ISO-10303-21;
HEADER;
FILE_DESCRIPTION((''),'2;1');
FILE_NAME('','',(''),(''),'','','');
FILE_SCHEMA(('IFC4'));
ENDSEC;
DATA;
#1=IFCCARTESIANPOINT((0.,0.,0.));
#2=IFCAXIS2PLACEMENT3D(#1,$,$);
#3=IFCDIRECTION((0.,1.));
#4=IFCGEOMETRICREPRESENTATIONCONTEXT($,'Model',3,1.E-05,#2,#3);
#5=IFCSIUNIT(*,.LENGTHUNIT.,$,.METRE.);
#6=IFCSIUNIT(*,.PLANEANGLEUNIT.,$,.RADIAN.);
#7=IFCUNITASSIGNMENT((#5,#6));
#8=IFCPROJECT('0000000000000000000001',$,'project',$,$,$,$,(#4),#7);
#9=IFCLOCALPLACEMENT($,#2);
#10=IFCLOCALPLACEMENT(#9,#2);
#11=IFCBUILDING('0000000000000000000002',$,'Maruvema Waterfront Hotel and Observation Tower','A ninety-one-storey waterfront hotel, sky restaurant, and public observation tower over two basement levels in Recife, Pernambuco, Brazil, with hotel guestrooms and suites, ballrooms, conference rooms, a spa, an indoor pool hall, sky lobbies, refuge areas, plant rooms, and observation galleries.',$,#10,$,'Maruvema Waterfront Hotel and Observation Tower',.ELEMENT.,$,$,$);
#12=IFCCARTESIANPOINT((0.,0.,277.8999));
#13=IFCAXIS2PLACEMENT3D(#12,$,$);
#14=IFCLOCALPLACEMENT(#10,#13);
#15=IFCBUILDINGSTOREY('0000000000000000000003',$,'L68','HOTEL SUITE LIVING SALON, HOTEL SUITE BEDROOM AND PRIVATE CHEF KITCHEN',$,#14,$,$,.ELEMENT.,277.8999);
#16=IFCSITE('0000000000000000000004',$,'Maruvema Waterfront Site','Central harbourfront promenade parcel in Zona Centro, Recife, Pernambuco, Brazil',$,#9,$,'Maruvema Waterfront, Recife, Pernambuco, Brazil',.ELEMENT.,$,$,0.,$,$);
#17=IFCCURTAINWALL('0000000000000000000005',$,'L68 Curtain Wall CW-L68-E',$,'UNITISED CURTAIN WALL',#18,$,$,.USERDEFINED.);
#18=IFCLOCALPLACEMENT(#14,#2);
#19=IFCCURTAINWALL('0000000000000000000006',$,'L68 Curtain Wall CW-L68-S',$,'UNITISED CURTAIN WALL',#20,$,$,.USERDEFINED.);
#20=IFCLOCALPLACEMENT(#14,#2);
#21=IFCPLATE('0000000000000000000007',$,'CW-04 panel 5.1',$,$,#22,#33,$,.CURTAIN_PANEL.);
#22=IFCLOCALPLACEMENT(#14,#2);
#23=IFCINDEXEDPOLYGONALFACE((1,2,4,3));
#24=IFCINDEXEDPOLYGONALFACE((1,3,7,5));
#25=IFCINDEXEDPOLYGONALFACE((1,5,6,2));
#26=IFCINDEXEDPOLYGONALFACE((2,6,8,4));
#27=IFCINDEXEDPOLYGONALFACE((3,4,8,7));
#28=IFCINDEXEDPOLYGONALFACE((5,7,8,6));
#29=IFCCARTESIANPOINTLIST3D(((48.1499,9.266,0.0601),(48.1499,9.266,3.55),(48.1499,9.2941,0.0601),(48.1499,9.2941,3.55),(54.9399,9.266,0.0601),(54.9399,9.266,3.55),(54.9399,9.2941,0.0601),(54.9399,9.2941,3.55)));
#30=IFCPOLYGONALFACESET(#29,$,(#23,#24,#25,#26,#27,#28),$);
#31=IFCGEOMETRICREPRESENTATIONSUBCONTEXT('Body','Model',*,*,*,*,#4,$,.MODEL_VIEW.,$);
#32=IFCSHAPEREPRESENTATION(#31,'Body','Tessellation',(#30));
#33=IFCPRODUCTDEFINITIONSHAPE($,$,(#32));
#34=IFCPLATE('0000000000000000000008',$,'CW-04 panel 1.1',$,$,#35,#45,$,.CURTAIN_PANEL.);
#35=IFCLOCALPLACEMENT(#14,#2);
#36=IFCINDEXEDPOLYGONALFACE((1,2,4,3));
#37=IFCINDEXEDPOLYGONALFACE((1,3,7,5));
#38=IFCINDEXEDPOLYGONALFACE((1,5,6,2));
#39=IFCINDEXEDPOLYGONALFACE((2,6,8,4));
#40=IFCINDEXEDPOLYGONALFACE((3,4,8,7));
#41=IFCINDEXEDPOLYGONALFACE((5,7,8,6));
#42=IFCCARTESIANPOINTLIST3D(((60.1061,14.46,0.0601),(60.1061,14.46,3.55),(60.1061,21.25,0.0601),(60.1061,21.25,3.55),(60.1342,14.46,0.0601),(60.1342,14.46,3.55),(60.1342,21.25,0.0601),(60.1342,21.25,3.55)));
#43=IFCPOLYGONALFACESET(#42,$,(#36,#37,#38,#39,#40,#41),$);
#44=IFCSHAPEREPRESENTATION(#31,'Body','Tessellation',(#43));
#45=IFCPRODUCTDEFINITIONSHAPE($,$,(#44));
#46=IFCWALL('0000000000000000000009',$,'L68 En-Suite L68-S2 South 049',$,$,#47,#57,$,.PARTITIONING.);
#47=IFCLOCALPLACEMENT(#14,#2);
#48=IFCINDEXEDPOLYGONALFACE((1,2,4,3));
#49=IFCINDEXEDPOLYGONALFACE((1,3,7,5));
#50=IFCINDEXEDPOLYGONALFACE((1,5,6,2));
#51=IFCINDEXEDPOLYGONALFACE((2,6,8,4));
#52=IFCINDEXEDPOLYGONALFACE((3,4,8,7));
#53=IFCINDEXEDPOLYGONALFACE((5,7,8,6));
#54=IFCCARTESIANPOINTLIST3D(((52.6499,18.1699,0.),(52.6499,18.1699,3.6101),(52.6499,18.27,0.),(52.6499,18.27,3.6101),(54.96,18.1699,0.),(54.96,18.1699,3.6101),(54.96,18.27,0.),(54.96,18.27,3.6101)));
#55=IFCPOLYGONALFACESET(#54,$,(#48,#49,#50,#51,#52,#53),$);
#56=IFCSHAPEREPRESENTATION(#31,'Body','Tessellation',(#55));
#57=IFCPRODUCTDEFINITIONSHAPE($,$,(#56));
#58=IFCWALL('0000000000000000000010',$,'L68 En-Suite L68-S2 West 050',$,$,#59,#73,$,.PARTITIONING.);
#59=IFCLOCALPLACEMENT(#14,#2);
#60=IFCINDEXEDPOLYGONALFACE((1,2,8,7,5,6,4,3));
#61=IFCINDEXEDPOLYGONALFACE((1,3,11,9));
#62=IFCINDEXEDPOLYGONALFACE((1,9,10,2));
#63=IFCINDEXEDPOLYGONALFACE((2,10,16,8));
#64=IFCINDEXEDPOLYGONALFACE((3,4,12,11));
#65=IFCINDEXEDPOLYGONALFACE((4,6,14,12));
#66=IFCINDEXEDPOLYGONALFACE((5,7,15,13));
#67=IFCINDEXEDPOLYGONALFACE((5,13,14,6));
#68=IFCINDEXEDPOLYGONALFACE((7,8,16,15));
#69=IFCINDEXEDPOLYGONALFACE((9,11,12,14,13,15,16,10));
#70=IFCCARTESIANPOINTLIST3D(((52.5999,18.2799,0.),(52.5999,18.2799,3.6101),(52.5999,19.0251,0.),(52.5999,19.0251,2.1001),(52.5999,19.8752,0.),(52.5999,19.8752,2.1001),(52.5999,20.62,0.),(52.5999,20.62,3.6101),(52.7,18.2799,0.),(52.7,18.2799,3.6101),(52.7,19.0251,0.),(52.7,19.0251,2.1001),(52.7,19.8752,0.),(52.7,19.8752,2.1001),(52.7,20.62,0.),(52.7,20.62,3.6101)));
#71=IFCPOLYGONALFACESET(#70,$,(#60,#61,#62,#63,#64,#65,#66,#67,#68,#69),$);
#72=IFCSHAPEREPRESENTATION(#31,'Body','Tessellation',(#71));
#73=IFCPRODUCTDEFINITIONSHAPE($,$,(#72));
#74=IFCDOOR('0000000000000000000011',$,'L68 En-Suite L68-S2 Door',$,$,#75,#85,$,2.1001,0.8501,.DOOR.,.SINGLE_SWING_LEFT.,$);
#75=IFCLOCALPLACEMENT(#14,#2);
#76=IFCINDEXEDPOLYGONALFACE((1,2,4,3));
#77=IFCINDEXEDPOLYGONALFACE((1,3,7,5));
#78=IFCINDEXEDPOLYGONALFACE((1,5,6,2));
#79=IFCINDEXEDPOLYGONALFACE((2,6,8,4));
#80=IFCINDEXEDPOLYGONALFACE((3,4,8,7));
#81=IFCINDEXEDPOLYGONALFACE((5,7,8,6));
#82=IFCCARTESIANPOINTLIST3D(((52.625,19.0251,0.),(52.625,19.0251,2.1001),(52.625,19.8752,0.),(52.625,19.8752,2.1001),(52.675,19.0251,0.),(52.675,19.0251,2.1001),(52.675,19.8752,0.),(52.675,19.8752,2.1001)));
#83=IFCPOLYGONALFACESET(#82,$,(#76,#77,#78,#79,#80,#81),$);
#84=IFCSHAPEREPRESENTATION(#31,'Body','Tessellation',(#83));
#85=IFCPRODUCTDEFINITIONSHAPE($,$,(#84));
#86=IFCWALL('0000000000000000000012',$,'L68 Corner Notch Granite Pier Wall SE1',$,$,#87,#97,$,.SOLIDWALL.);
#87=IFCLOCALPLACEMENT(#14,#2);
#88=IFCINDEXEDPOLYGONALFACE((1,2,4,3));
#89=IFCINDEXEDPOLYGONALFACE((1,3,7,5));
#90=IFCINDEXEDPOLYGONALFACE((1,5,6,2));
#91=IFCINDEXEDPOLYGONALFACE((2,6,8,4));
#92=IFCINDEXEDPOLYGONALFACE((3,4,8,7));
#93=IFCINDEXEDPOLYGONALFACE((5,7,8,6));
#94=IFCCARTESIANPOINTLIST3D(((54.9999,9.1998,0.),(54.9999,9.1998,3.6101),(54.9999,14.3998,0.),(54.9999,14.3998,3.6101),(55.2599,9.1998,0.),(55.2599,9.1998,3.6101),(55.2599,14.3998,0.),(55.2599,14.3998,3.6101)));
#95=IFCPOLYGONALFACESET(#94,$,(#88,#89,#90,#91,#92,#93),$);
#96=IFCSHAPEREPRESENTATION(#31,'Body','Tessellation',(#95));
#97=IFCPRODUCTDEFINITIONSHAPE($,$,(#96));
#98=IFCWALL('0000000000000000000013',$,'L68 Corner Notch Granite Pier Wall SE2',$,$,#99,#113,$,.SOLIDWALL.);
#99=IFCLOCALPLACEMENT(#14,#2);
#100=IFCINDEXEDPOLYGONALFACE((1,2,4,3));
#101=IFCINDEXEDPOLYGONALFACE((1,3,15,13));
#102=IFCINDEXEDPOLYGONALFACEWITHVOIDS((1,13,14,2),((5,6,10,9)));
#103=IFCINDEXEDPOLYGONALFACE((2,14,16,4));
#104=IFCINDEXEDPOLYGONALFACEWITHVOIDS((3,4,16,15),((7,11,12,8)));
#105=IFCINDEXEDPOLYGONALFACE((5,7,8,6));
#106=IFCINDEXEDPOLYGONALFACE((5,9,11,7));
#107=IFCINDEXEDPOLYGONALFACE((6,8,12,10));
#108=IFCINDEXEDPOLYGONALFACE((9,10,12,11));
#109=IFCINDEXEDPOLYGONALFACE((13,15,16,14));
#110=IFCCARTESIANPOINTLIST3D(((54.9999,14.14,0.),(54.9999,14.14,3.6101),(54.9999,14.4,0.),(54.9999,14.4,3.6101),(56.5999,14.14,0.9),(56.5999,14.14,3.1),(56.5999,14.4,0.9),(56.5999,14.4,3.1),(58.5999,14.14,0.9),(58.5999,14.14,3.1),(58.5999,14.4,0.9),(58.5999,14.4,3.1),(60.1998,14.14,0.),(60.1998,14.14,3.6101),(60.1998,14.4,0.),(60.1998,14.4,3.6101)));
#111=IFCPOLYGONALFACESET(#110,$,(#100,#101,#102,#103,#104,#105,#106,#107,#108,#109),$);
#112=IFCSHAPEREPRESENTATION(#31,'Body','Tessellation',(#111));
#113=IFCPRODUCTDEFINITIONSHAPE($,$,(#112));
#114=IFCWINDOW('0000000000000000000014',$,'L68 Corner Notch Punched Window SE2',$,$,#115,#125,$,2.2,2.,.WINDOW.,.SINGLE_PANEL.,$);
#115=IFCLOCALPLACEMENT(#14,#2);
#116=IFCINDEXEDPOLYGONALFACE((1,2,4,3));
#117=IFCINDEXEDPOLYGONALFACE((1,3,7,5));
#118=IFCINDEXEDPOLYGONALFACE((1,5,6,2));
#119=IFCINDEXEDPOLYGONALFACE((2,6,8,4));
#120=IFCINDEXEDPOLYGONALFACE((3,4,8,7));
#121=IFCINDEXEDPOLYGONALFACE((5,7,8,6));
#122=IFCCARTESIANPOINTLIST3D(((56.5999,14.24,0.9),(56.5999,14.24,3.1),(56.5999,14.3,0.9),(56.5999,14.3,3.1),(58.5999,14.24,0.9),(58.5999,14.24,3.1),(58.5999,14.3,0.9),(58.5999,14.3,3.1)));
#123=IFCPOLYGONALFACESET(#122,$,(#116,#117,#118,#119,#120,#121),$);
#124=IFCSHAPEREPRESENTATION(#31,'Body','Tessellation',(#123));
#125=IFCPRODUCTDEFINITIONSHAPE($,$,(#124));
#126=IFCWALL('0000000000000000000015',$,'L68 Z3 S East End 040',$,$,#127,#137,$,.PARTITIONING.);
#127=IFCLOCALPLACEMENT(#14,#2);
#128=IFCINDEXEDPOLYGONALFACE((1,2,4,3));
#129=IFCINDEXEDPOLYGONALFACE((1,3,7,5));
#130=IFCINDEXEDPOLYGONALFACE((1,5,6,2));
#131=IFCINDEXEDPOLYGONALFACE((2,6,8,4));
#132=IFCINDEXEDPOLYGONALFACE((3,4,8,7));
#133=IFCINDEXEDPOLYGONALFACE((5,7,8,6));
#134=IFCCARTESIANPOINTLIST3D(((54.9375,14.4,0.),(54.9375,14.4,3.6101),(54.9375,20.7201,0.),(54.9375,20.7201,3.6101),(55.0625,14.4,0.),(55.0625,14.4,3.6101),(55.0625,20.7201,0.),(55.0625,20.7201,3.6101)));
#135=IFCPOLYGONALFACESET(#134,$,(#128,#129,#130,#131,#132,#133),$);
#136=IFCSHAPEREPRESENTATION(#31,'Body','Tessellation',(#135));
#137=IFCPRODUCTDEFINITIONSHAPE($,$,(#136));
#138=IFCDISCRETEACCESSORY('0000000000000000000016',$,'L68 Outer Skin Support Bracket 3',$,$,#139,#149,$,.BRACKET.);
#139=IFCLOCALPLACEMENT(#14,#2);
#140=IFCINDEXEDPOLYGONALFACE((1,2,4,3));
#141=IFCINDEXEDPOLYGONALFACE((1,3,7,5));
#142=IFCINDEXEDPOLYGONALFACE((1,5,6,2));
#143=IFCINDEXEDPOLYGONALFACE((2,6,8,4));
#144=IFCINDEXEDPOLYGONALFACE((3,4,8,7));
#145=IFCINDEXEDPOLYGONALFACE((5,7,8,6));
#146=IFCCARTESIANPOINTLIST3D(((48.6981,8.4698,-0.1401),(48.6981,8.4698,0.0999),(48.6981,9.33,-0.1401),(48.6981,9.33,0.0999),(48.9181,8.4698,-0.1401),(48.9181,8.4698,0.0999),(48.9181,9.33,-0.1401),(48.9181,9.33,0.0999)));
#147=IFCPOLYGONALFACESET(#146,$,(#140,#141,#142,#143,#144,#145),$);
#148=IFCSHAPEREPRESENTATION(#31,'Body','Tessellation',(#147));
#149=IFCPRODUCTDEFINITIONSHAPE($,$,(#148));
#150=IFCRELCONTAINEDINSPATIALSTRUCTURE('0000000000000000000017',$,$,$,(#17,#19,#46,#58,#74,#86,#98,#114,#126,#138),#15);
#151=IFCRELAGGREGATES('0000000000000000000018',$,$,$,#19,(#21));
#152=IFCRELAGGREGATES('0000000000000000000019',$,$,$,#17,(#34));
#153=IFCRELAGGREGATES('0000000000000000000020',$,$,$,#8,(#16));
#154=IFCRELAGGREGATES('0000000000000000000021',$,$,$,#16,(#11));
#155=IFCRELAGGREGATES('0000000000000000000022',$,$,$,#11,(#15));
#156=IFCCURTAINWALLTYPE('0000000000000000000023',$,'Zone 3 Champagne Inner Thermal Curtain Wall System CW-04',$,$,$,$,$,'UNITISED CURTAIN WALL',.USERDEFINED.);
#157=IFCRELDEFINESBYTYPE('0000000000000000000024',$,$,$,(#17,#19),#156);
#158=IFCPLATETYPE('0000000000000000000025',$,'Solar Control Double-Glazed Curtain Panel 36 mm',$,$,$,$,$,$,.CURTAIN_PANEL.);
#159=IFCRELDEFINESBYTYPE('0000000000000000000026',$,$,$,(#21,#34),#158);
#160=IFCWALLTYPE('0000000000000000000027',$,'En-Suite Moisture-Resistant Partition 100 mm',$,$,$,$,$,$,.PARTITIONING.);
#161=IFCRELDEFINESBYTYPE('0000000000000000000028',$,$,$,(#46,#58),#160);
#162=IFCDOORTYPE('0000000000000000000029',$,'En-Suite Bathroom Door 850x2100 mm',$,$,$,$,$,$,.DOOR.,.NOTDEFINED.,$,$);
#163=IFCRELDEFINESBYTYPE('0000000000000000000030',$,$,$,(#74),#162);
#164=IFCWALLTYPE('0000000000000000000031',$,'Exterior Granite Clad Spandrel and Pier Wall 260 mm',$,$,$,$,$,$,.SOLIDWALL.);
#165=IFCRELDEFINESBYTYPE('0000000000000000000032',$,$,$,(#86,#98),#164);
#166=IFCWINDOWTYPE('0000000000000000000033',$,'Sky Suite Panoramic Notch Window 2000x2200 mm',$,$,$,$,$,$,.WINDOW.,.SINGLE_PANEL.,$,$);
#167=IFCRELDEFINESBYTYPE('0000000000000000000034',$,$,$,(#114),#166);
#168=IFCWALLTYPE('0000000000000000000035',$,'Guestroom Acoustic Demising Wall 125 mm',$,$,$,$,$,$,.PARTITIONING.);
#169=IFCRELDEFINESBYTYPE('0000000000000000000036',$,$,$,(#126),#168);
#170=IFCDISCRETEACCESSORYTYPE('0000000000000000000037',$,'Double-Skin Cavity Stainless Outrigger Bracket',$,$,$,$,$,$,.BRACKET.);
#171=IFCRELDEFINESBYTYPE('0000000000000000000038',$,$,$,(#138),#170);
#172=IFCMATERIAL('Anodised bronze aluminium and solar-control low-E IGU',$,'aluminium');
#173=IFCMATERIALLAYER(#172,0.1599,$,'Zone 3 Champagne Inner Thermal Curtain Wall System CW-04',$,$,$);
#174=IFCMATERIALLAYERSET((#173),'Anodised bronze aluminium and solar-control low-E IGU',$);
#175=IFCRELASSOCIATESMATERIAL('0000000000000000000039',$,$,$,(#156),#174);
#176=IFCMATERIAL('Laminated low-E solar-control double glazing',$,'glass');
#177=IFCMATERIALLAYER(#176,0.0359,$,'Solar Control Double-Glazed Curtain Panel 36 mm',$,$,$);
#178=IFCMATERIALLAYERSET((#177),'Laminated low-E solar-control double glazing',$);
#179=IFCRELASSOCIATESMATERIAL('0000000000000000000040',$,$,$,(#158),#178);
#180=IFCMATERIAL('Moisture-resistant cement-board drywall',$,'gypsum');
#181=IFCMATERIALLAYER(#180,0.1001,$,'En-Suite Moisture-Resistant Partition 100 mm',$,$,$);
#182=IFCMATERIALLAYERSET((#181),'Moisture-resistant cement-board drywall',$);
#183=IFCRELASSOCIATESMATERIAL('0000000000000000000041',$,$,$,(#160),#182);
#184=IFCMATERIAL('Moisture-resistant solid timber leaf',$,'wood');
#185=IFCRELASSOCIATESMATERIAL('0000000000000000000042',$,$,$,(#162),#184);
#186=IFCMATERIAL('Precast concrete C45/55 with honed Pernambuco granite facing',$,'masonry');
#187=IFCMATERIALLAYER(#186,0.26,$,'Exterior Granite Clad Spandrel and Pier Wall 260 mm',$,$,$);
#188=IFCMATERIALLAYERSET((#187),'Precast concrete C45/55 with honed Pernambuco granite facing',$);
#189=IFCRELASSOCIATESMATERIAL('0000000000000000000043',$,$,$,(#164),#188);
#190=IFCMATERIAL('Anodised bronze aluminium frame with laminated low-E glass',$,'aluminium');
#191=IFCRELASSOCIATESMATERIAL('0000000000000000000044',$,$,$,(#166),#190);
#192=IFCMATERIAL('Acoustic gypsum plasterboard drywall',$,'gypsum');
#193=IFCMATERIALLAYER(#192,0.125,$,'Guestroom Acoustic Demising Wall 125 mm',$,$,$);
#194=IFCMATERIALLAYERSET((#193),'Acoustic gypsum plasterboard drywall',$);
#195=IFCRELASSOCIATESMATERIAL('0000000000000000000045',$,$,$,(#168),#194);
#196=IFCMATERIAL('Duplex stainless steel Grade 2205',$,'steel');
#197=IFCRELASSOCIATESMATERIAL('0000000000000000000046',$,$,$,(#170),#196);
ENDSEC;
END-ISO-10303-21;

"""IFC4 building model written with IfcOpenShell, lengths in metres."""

from ifc_helpers import new_model, si_unit, direction, frame, frame_2d, origin, origin_2d, place, context, subcontext, project, spatial, rectangle, extrude, material, layer, layer_set, type_object, element, fill, aggregate, save


model = new_model("IFC4")

# Units and contexts
model_context = context("Model", 3, precision=1e-05, world=origin(), true_north=direction((0.0, 1.0)))
body_context = subcontext(model_context, "Body", "Model", "MODEL_VIEW")
ifc_project = project(units=[si_unit("LENGTHUNIT", "METRE"), si_unit("PLANEANGLEUNIT", "RADIAN")], contexts=[model_context])

# Site, building, storey
site_placement = place(None, origin())
site = spatial("IfcSite", under=ifc_project, at=site_placement, Name="Maruvema Waterfront Site", Description="Central harbourfront promenade parcel in Zona Centro, Recife, Pernambuco, Brazil", LongName="Maruvema Waterfront, Recife, Pernambuco, Brazil", CompositionType="ELEMENT", RefElevation=0.0)
building_placement = place(site_placement, origin())
building = spatial("IfcBuilding", under=site, at=building_placement, Name="Maruvema Waterfront Hotel and Observation Tower", Description="A ninety-one-storey waterfront hotel, sky restaurant, and public observation tower over two basement levels in Recife, Pernambuco, Brazil, with hotel guestrooms and suites, ballrooms, conference rooms, a spa, an indoor pool hall, sky lobbies, refuge areas, plant rooms, and observation galleries.", LongName="Maruvema Waterfront Hotel and Observation Tower", CompositionType="ELEMENT")
storey_placement = place(building_placement, frame((0.0, 0.0, 277.8999)))
storey = spatial("IfcBuildingStorey", under=building, at=storey_placement, Name="L68", Description="HOTEL SUITE LIVING SALON, HOTEL SUITE BEDROOM AND PRIVATE CHEF KITCHEN", CompositionType="ELEMENT", Elevation=277.8999)

# Curtain wall
ifc_material_1 = material(Name="Anodised bronze aluminium and solar-control low-E IGU", Category="aluminium")
ifc_layer_1 = layer(ifc_material_1, 0.1599, Name="Zone 3 Champagne Inner Thermal Curtain Wall System CW-04")
ifc_layer_set_1 = layer_set([ifc_layer_1], Name="Anodised bronze aluminium and solar-control low-E IGU")
curtain_wall_type = type_object("IfcCurtainWallType", Name="Zone 3 Champagne Inner Thermal Curtain Wall System CW-04", ElementType="UNITISED CURTAIN WALL", PredefinedType="USERDEFINED", material=ifc_layer_set_1)
curtain_wall_1_placement = place(storey_placement, origin())
curtain_wall_1 = element("IfcCurtainWall", 1, at=curtain_wall_1_placement, inside=storey, type_object=curtain_wall_type, Name="L68 Curtain Wall CW-L68-E", ObjectType="UNITISED CURTAIN WALL", PredefinedType="USERDEFINED")

# Curtain wall
curtain_wall_2_placement = place(storey_placement, origin())
curtain_wall_2 = element("IfcCurtainWall", 2, at=curtain_wall_2_placement, inside=storey, type_object=curtain_wall_type, Name="L68 Curtain Wall CW-L68-S", ObjectType="UNITISED CURTAIN WALL", PredefinedType="USERDEFINED")

# Plates
ifc_material_2 = material(Name="Laminated low-E solar-control double glazing", Category="glass")
ifc_layer_2 = layer(ifc_material_2, 0.0359, Name="Solar Control Double-Glazed Curtain Panel 36 mm")
ifc_layer_set_2 = layer_set([ifc_layer_2], Name="Laminated low-E solar-control double glazing")
plate_type = type_object("IfcPlateType", Name="Solar Control Double-Glazed Curtain Panel 36 mm", PredefinedType="CURTAIN_PANEL", material=ifc_layer_set_2)
plate_1_placement = place(storey_placement, frame((51.5449, 9.28, 0.0601), z_axis=(0.0, 0.0, 1.0), x_axis=(1.0, 0.0, 0.0)))
plate_1 = element("IfcPlate", 3, at=plate_1_placement, type_object=plate_type, Name="CW-04 panel 5.1", PredefinedType="CURTAIN_PANEL", context=body_context, shape_type="SweptSolid", body=[
    extrude(rectangle(XDim=6.79, YDim=0.0281, at=origin_2d()), origin(), (0.0, 0.0, 1.0), 3.49),
])
aggregate(curtain_wall_2, [plate_1])
plate_2_placement = place(storey_placement, frame((60.1201, 17.855, 0.0601), z_axis=(0.0, 0.0, 1.0), x_axis=(0.0, 1.0, 0.0)))
plate_2 = element("IfcPlate", 4, at=plate_2_placement, type_object=plate_type, Name="CW-04 panel 1.1", PredefinedType="CURTAIN_PANEL", context=body_context, shape_type="SweptSolid", body=[
    extrude(rectangle(XDim=6.79, YDim=0.0281, at=origin_2d()), origin(), (0.0, 0.0, 1.0), 3.49),
])
aggregate(curtain_wall_1, [plate_2])

# Wall
ifc_material_3 = material(Name="Moisture-resistant cement-board drywall", Category="gypsum")
ifc_layer_3 = layer(ifc_material_3, 0.1001, Name="En-Suite Moisture-Resistant Partition 100 mm")
ifc_layer_set_3 = layer_set([ifc_layer_3], Name="Moisture-resistant cement-board drywall")
wall_type_1 = type_object("IfcWallType", Name="En-Suite Moisture-Resistant Partition 100 mm", PredefinedType="PARTITIONING", material=ifc_layer_set_3)
wall_1_placement = place(storey_placement, frame((52.6499, 18.22, 0.0), z_axis=(0.0, 0.0, 1.0), x_axis=(1.0, 0.0, 0.0)))
element("IfcWall", 5, at=wall_1_placement, inside=storey, type_object=wall_type_1, Name="L68 En-Suite L68-S2 South 049", PredefinedType="PARTITIONING", context=body_context, shape_type="SweptSolid", body=[
    extrude(rectangle(XDim=2.3101, YDim=0.1001, at=frame_2d((1.155, 0.0))), origin(), (0.0, 0.0, 1.0), 3.6101),
])

# Wall, opening, door
wall_2_placement = place(storey_placement, frame((52.6499, 18.28, 0.0), z_axis=(0.0, 0.0, 1.0), x_axis=(0.0, 1.0, 0.0)))
wall_2 = element("IfcWall", 6, at=wall_2_placement, inside=storey, type_object=wall_type_1, Name="L68 En-Suite L68-S2 West 050", PredefinedType="PARTITIONING", context=body_context, shape_type="SweptSolid", body=[
    extrude(rectangle(XDim=2.3401, YDim=0.1001, at=frame_2d((1.1699, 0.0))), origin(), (0.0, 0.0, 1.0), 3.6101),
])
opening_1_placement = place(wall_2_placement, frame((0.7451, 0.0, 0.0)))
opening_1 = element("IfcOpeningElement", 7, at=opening_1_placement, cuts=wall_2, PredefinedType="OPENING", context=body_context, shape_type="SweptSolid", body=[
    extrude(rectangle(XDim=0.8501, YDim=2.1001, at=frame_2d((0.425, 1.05))), frame((0.0, 0.0601, 0.0), z_axis=(0.0, -1.0, 0.0), x_axis=(1.0, 0.0, 0.0)), (0.0, 0.0, 1.0), 0.1201),
])
ifc_material_4 = material(Name="Moisture-resistant solid timber leaf", Category="wood")
door_type = type_object("IfcDoorType", Name="En-Suite Bathroom Door 850x2100 mm", OperationType="NOTDEFINED", PredefinedType="DOOR", material=ifc_material_4)
door_placement = place(opening_1_placement, origin())
door = element("IfcDoor", 8, at=door_placement, inside=storey, type_object=door_type, Name="L68 En-Suite L68-S2 Door", OperationType="SINGLE_SWING_LEFT", OverallHeight=2.1001, OverallWidth=0.8501, PredefinedType="DOOR", context=body_context, shape_type="SweptSolid", body=[
    extrude(rectangle(XDim=0.8501, YDim=2.1001, at=frame_2d((0.425, 1.05))), frame((0.0, 0.0249, 0.0), z_axis=(0.0, -1.0, 0.0), x_axis=(1.0, 0.0, 0.0)), (0.0, 0.0, 1.0), 0.05),
])
fill(opening_1, door)

# Wall
ifc_material_5 = material(Name="Precast concrete C45/55 with honed Pernambuco granite facing", Category="masonry")
ifc_layer_4 = layer(ifc_material_5, 0.26, Name="Exterior Granite Clad Spandrel and Pier Wall 260 mm")
ifc_layer_set_4 = layer_set([ifc_layer_4], Name="Precast concrete C45/55 with honed Pernambuco granite facing")
wall_type_2 = type_object("IfcWallType", Name="Exterior Granite Clad Spandrel and Pier Wall 260 mm", PredefinedType="SOLIDWALL", material=ifc_layer_set_4)
wall_3_placement = place(storey_placement, frame((55.1299, 14.3999, 0.0), z_axis=(0.0, 0.0, 1.0), x_axis=(0.0, -1.0, 0.0)))
element("IfcWall", 9, at=wall_3_placement, inside=storey, type_object=wall_type_2, Name="L68 Corner Notch Granite Pier Wall SE1", PredefinedType="SOLIDWALL", context=body_context, shape_type="SweptSolid", body=[
    extrude(rectangle(XDim=5.2, YDim=0.26, at=frame_2d((2.6001, 0.0))), origin(), (0.0, 0.0, 1.0), 3.6101),
])

# Wall, opening, window
wall_4_placement = place(storey_placement, frame((60.2, 14.27, 0.0), z_axis=(0.0, 0.0, 1.0), x_axis=(-1.0, 0.0, 0.0)))
wall_4 = element("IfcWall", 10, at=wall_4_placement, inside=storey, type_object=wall_type_2, Name="L68 Corner Notch Granite Pier Wall SE2", PredefinedType="SOLIDWALL", context=body_context, shape_type="SweptSolid", body=[
    extrude(rectangle(XDim=5.2, YDim=0.26, at=frame_2d((2.6001, 0.0))), origin(), (0.0, 0.0, 1.0), 3.6101),
])
opening_2_placement = place(wall_4_placement, frame((1.6001, 0.0, 0.8999)))
opening_2 = element("IfcOpeningElement", 11, at=opening_2_placement, cuts=wall_4, PredefinedType="OPENING", context=body_context, shape_type="SweptSolid", body=[
    extrude(rectangle(XDim=2.0, YDim=2.2, at=frame_2d((1.0, 1.1001))), frame((0.0, 0.1401, 0.0), z_axis=(0.0, -1.0, 0.0), x_axis=(1.0, 0.0, 0.0)), (0.0, 0.0, 1.0), 0.28),
])
ifc_material_6 = material(Name="Anodised bronze aluminium frame with laminated low-E glass", Category="aluminium")
window_type = type_object("IfcWindowType", Name="Sky Suite Panoramic Notch Window 2000x2200 mm", PartitioningType="SINGLE_PANEL", PredefinedType="WINDOW", material=ifc_material_6)
window_placement = place(opening_2_placement, origin())
window = element("IfcWindow", 12, at=window_placement, inside=storey, type_object=window_type, Name="L68 Corner Notch Punched Window SE2", OverallHeight=2.2, OverallWidth=2.0, PartitioningType="SINGLE_PANEL", PredefinedType="WINDOW", context=body_context, shape_type="SweptSolid", body=[
    extrude(rectangle(XDim=2.0, YDim=2.2, at=frame_2d((1.0, 1.1001))), frame((0.0, 0.03, 0.0), z_axis=(0.0, -1.0, 0.0), x_axis=(1.0, 0.0, 0.0)), (0.0, 0.0, 1.0), 0.0601),
])
fill(opening_2, window)

# Wall
ifc_material_7 = material(Name="Acoustic gypsum plasterboard drywall", Category="gypsum")
ifc_layer_5 = layer(ifc_material_7, 0.125, Name="Guestroom Acoustic Demising Wall 125 mm")
ifc_layer_set_5 = layer_set([ifc_layer_5], Name="Acoustic gypsum plasterboard drywall")
wall_type_3 = type_object("IfcWallType", Name="Guestroom Acoustic Demising Wall 125 mm", PredefinedType="PARTITIONING", material=ifc_layer_set_5)
wall_5_placement = place(storey_placement, frame((55.0, 14.3999, 0.0), z_axis=(0.0, 0.0, 1.0), x_axis=(0.0, 1.0, 0.0)))
element("IfcWall", 13, at=wall_5_placement, inside=storey, type_object=wall_type_3, Name="L68 Z3 S East End 040", PredefinedType="PARTITIONING", context=body_context, shape_type="SweptSolid", body=[
    extrude(rectangle(XDim=6.3201, YDim=0.125, at=frame_2d((3.1602, 0.0))), origin(), (0.0, 0.0, 1.0), 3.6101),
])

# Discrete accessory
ifc_material_8 = material(Name="Duplex stainless steel Grade 2205", Category="steel")
discrete_accessory_type = type_object("IfcDiscreteAccessoryType", Name="Double-Skin Cavity Stainless Outrigger Bracket", PredefinedType="BRACKET", material=ifc_material_8)
discrete_accessory_placement = place(storey_placement, frame((48.8081, 8.8999, -0.1401), z_axis=(0.0, 0.0, 1.0), x_axis=(1.0, 0.0, 0.0)))
element("IfcDiscreteAccessory", 14, at=discrete_accessory_placement, inside=storey, type_object=discrete_accessory_type, Name="L68 Outer Skin Support Bracket 3", PredefinedType="BRACKET", context=body_context, shape_type="SweptSolid", body=[
    extrude(rectangle(XDim=0.22, YDim=0.8601, at=origin_2d()), origin(), (0.0, 0.0, 1.0), 0.24),
])

save(model, "model.ifc")
